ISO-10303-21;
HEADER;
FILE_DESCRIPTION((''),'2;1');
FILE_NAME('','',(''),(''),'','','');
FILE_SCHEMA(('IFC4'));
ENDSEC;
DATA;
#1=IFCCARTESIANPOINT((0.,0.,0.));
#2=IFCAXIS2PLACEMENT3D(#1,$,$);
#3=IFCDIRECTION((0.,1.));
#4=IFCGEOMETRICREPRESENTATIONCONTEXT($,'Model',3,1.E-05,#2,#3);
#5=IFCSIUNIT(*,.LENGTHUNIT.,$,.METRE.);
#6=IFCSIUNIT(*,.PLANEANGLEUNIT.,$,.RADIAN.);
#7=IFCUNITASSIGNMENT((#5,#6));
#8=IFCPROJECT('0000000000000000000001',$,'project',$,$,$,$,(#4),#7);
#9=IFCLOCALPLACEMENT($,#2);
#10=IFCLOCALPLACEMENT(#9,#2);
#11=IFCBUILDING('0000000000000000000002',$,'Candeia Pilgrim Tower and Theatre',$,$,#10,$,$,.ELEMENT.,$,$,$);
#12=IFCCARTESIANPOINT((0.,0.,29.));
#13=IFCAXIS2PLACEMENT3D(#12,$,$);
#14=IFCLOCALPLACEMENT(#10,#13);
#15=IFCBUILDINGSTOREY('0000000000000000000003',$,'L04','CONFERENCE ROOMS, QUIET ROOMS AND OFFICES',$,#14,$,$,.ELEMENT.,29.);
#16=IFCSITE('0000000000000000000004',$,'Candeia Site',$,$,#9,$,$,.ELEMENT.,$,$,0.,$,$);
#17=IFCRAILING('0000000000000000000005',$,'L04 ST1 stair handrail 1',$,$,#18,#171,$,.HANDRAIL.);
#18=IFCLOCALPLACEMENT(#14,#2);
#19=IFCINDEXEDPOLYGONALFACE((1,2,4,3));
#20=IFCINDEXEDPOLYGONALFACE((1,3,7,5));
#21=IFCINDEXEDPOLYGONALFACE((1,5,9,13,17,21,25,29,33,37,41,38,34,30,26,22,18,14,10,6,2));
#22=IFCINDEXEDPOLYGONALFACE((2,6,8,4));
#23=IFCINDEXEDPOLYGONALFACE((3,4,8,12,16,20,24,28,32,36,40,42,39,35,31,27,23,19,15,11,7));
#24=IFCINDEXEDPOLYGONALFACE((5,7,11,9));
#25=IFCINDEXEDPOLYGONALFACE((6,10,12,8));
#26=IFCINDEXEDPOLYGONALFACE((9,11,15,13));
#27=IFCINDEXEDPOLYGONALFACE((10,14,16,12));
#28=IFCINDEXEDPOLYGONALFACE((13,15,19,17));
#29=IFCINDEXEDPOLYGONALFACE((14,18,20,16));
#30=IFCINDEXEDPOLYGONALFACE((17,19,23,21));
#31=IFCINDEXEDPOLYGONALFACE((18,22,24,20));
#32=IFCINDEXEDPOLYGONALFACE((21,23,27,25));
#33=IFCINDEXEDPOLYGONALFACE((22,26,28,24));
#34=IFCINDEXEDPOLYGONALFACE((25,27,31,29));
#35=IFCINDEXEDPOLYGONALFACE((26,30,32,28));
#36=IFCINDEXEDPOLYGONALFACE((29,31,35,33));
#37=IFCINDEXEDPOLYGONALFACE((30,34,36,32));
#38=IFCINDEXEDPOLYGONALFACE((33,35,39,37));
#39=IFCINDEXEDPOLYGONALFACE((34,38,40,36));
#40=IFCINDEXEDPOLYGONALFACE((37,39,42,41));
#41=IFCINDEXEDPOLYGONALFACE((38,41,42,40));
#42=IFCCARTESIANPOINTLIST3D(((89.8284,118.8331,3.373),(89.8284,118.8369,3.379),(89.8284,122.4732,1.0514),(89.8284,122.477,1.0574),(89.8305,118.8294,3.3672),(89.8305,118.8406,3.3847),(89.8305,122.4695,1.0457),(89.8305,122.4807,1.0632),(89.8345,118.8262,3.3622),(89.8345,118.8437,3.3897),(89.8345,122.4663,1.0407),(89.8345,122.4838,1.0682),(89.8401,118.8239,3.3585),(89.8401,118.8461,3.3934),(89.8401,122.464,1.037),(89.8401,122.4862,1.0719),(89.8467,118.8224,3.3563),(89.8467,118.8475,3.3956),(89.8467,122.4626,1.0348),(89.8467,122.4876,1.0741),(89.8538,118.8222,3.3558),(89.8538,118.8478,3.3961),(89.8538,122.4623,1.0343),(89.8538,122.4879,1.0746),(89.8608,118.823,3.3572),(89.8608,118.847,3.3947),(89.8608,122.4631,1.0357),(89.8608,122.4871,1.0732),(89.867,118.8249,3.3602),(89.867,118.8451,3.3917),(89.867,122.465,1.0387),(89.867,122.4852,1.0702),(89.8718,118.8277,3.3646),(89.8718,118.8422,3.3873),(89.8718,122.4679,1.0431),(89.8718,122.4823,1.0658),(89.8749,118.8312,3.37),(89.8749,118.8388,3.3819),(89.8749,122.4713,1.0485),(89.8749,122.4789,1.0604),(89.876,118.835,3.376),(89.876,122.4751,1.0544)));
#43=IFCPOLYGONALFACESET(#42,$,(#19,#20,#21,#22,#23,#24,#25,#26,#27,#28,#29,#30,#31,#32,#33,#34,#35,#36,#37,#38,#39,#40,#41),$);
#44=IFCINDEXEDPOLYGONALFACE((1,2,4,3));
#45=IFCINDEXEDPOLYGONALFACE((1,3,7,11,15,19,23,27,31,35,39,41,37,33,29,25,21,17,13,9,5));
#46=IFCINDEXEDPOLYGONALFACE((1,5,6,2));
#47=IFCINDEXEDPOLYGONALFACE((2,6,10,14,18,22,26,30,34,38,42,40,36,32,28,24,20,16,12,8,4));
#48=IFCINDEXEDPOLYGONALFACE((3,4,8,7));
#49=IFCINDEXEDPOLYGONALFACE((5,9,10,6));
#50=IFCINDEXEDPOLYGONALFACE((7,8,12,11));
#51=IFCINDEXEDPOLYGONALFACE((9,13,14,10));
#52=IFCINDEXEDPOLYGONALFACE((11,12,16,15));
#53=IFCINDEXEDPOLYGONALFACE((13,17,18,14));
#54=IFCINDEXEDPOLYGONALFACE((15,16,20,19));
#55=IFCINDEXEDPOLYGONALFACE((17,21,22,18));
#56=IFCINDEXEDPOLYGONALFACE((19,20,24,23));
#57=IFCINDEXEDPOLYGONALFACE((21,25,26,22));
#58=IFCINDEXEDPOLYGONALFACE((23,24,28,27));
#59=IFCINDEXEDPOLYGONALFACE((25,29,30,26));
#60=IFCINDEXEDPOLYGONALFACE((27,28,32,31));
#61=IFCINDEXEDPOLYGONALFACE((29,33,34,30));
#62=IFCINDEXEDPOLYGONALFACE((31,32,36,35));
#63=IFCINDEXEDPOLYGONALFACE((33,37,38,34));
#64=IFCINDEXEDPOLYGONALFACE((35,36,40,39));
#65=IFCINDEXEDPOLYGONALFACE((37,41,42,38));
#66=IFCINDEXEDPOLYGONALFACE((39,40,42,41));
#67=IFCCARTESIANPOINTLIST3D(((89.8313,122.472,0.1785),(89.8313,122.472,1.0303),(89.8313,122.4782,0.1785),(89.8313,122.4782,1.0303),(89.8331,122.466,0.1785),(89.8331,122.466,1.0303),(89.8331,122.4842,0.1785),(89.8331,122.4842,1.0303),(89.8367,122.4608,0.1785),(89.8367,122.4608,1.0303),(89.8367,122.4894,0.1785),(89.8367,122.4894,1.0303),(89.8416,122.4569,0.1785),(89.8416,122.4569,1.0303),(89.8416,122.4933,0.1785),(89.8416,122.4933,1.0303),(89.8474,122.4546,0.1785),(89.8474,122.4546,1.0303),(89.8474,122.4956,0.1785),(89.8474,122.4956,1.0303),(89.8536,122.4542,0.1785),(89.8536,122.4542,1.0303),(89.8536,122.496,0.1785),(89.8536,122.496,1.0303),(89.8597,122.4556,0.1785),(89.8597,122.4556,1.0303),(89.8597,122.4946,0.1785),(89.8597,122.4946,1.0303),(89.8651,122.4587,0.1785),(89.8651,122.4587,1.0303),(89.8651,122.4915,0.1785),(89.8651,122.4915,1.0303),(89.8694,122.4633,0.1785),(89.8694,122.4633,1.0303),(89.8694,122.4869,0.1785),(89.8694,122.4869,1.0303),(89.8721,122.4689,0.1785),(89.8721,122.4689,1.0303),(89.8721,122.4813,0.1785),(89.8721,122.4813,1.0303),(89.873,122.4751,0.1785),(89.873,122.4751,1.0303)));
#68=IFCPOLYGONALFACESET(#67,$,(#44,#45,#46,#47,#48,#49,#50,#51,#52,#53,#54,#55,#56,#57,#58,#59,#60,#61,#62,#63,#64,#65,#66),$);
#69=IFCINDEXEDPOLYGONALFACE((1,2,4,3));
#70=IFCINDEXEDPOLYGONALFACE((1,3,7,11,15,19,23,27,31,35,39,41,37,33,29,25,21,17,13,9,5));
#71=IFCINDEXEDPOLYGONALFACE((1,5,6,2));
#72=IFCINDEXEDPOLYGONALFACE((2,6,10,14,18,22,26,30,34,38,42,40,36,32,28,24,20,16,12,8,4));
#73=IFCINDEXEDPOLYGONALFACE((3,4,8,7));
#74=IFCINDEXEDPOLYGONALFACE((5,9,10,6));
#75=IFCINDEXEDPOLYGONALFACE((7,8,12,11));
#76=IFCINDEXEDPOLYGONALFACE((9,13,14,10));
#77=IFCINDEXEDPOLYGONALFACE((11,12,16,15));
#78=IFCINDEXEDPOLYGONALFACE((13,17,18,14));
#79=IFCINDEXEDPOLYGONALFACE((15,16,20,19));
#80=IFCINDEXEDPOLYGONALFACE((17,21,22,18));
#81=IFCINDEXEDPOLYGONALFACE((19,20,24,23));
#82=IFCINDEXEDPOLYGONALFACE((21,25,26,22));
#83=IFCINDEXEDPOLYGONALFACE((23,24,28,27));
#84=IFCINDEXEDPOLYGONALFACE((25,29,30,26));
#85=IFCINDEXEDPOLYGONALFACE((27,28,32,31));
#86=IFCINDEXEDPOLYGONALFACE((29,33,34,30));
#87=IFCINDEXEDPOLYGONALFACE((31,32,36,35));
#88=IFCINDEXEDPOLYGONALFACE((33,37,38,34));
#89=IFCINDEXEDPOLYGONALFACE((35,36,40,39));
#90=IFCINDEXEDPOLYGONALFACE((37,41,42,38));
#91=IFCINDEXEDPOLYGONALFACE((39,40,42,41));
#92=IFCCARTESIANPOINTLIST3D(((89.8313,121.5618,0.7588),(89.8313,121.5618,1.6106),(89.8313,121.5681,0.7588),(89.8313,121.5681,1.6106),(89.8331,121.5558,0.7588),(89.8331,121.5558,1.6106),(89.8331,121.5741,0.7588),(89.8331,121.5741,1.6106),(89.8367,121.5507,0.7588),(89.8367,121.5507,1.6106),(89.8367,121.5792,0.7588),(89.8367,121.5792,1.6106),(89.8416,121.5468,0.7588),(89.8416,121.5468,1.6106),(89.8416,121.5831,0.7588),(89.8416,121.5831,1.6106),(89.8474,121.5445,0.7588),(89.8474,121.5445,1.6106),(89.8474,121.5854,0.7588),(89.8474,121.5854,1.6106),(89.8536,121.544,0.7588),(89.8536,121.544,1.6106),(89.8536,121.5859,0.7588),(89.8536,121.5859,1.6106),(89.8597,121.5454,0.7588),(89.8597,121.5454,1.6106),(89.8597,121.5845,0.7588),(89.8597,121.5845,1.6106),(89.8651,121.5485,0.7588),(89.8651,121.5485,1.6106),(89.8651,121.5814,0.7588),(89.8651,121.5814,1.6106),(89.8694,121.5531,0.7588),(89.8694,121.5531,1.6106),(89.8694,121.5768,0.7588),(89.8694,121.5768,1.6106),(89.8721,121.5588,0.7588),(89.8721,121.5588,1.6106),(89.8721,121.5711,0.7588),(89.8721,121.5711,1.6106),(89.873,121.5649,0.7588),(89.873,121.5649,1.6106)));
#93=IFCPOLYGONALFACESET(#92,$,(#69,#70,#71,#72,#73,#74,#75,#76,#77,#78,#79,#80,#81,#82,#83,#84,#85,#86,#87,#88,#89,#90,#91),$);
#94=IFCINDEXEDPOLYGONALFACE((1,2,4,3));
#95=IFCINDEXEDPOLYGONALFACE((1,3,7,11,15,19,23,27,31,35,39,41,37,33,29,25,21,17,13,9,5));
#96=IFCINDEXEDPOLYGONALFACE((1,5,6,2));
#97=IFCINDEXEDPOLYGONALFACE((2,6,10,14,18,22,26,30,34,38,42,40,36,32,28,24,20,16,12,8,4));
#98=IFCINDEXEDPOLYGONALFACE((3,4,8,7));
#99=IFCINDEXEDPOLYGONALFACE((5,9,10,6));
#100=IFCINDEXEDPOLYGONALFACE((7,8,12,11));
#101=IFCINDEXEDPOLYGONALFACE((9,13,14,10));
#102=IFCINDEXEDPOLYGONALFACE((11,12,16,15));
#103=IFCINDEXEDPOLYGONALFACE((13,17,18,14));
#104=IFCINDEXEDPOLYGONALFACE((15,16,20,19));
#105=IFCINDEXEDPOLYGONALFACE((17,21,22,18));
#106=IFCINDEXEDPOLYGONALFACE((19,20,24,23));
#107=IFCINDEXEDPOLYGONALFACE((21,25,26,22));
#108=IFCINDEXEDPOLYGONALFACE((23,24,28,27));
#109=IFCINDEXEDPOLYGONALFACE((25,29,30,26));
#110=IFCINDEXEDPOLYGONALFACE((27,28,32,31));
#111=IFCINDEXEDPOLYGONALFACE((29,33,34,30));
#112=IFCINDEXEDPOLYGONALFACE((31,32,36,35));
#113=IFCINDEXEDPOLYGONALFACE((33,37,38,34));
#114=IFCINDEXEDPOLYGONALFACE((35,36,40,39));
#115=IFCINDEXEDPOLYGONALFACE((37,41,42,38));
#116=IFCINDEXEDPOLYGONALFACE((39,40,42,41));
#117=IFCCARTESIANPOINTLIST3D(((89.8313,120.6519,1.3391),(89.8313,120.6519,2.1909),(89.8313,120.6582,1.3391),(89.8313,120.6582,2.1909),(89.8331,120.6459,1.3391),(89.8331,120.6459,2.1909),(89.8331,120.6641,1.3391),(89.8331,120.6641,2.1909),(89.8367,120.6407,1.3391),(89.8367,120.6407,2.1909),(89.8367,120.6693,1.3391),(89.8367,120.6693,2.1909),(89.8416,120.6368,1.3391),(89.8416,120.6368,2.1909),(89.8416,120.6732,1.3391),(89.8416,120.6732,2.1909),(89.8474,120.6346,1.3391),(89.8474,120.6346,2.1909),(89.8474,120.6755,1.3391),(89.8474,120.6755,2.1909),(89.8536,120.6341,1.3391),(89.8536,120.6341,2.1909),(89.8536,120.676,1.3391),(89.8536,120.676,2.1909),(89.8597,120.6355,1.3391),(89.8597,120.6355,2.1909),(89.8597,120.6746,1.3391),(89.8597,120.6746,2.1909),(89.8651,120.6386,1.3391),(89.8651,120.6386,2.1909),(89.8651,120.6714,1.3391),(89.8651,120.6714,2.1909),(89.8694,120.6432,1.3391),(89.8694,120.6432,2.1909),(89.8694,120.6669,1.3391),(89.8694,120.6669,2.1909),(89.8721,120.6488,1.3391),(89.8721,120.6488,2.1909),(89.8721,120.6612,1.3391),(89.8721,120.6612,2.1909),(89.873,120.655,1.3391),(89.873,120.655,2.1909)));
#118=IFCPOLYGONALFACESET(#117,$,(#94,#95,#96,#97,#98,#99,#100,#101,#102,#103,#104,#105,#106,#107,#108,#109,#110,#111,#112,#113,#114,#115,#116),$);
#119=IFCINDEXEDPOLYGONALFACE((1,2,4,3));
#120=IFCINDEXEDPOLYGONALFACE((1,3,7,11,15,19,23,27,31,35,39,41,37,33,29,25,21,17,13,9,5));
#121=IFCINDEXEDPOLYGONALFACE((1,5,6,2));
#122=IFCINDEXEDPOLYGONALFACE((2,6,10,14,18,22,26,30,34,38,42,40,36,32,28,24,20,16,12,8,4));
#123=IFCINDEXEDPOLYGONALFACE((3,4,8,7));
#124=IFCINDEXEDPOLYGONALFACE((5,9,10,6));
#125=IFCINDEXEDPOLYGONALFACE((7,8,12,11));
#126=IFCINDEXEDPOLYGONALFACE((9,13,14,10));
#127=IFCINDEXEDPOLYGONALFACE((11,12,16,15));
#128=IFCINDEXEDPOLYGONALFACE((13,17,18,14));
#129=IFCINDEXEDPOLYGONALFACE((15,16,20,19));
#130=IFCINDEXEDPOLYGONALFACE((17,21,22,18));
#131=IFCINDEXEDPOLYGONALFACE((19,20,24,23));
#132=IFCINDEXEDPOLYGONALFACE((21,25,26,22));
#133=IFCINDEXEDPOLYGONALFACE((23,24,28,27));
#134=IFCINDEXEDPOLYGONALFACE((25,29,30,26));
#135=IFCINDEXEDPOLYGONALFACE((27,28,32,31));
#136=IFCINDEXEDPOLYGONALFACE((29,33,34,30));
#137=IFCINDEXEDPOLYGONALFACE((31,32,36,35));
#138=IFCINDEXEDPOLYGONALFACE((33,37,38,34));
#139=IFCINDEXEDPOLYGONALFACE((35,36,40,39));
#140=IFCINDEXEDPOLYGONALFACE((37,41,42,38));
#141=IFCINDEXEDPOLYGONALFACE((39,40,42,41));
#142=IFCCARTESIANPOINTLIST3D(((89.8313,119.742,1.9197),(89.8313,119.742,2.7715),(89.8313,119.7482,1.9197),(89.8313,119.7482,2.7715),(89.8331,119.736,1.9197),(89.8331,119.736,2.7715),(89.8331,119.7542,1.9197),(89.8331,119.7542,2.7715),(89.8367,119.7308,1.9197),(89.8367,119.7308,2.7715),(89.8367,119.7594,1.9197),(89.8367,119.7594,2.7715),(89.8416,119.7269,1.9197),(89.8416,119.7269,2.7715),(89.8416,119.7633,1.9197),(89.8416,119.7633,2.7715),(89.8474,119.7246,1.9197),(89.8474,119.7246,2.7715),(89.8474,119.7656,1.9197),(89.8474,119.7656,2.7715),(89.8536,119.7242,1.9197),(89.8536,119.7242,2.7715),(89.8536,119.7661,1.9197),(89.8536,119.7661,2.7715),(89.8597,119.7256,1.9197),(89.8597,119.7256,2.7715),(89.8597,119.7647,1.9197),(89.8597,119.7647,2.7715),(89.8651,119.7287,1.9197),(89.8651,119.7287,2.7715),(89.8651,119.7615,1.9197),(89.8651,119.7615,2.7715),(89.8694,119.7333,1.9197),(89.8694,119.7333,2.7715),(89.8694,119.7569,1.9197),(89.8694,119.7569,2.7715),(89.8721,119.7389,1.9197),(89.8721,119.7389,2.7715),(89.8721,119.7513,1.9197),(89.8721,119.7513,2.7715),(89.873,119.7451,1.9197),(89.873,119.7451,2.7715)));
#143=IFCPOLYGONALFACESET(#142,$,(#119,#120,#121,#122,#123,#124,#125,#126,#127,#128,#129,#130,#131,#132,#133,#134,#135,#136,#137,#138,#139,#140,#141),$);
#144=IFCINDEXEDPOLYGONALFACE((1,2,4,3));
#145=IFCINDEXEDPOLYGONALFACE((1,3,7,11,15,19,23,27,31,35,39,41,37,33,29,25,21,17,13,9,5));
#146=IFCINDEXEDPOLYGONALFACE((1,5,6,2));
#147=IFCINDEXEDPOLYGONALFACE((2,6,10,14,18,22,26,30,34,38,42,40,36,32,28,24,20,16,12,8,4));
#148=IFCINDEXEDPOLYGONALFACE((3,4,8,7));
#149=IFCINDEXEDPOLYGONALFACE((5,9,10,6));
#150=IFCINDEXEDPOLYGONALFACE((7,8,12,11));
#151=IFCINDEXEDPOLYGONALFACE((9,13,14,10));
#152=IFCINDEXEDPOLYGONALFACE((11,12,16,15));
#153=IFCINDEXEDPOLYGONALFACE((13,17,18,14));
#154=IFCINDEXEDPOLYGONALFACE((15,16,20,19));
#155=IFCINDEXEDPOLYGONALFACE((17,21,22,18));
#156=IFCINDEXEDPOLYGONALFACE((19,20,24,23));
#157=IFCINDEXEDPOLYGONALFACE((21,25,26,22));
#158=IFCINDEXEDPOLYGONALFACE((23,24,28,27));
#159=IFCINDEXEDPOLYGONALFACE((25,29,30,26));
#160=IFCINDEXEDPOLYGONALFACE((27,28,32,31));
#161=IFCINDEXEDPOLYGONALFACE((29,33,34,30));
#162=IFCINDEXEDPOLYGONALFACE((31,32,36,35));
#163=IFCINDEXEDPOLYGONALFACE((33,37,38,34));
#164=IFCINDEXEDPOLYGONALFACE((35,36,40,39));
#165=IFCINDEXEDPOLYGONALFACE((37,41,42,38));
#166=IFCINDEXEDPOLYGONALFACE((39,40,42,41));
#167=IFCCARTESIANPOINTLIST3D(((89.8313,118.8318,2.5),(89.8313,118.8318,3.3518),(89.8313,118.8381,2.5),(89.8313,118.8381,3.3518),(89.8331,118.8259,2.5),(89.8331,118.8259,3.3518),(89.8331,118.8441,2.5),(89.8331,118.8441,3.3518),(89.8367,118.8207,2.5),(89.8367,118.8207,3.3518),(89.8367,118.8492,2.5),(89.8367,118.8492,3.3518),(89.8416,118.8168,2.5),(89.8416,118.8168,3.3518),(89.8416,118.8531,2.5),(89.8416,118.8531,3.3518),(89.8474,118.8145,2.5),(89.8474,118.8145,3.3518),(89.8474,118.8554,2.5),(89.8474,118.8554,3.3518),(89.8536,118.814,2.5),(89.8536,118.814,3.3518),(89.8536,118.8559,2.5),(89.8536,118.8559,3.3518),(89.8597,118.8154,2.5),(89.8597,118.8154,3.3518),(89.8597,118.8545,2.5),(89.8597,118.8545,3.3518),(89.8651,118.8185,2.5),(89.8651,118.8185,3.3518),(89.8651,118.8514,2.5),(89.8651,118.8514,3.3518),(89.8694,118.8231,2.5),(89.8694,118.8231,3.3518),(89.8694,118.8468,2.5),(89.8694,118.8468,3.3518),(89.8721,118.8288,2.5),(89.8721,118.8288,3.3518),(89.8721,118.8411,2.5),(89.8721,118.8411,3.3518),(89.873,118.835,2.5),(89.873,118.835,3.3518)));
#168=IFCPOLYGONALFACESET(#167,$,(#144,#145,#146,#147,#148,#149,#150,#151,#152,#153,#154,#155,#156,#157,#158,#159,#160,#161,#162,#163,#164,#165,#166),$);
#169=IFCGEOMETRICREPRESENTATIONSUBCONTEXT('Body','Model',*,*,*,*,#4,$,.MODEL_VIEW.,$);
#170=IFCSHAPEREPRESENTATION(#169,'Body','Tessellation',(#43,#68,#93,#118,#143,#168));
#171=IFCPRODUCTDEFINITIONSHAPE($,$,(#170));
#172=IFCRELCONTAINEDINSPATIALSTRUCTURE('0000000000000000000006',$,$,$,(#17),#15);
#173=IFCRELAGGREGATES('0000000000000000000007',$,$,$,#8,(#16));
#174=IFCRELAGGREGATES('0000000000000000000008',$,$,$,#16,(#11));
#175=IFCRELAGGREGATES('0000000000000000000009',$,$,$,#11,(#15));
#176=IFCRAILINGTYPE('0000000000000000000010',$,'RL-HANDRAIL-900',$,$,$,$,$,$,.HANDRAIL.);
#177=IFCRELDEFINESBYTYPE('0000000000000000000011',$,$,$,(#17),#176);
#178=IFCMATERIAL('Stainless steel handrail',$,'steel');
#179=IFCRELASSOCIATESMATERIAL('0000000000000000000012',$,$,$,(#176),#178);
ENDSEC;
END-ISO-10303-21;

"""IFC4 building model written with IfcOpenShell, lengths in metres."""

from ifc_helpers import new_model, si_unit, direction, frame, origin, origin_2d, place, context, subcontext, project, spatial, circle, extrude, material, type_object, element, save


model = new_model("IFC4")

# Units and contexts
model_context = context("Model", 3, precision=1e-05, world=origin(), true_north=direction((0.0, 1.0)))
body_context = subcontext(model_context, "Body", "Model", "MODEL_VIEW")
ifc_project = project(units=[si_unit("LENGTHUNIT", "METRE"), si_unit("PLANEANGLEUNIT", "RADIAN")], contexts=[model_context])

# Site, building, storey
site_placement = place(None, origin())
site = spatial("IfcSite", under=ifc_project, at=site_placement, Name="Candeia Site", CompositionType="ELEMENT", RefElevation=0.0)
building_placement = place(site_placement, origin())
building = spatial("IfcBuilding", under=site, at=building_placement, Name="Candeia Pilgrim Tower and Theatre", CompositionType="ELEMENT")
storey_placement = place(building_placement, frame((0.0, 0.0, 29.0)))
storey = spatial("IfcBuildingStorey", under=building, at=storey_placement, Name="L04", Description="CONFERENCE ROOMS, QUIET ROOMS AND OFFICES", CompositionType="ELEMENT", Elevation=29.0)

# Railing
ifc_material_1 = material(Name="Stainless steel handrail", Category="steel")
railing_type = type_object("IfcRailingType", Name="RL-HANDRAIL-900", PredefinedType="HANDRAIL", material=ifc_material_1)
for number, where, name in (
    (1, (89.8521, 122.4751, 0.1785), "L04 ST1 stair handrail 1"),
):
    element("IfcRailing", number, at=place(storey_placement, frame(where)), inside=storey, type_object=railing_type, Name=name, PredefinedType="HANDRAIL", context=body_context, shape_type="SweptSolid", body=[
        extrude(circle(Radius=0.0239, at=origin_2d()), frame((0.0, 0.0, 0.876), z_axis=(0.0, -0.843128, 0.537713), x_axis=(1.0, 0.0, 0.0)), (0.0, 0.0, 1.0), 4.3174),
        extrude(circle(Radius=0.021, at=origin_2d()), origin(), (0.0, 0.0, 1.0), 0.8518),
        extrude(circle(Radius=0.021, at=origin_2d()), frame((0.0, -0.9102, 0.5803)), (0.0, 0.0, 1.0), 0.8518),
        extrude(circle(Radius=0.021, at=origin_2d()), frame((0.0, -1.8201, 1.1606)), (0.0, 0.0, 1.0), 0.8518),
        extrude(circle(Radius=0.021, at=origin_2d()), frame((0.0, -2.73, 1.7412)), (0.0, 0.0, 1.0), 0.8518),
        extrude(circle(Radius=0.021, at=origin_2d()), frame((0.0, -3.6401, 2.3215)), (0.0, 0.0, 1.0), 0.8518),
    ])

save(model, "model.ifc")
